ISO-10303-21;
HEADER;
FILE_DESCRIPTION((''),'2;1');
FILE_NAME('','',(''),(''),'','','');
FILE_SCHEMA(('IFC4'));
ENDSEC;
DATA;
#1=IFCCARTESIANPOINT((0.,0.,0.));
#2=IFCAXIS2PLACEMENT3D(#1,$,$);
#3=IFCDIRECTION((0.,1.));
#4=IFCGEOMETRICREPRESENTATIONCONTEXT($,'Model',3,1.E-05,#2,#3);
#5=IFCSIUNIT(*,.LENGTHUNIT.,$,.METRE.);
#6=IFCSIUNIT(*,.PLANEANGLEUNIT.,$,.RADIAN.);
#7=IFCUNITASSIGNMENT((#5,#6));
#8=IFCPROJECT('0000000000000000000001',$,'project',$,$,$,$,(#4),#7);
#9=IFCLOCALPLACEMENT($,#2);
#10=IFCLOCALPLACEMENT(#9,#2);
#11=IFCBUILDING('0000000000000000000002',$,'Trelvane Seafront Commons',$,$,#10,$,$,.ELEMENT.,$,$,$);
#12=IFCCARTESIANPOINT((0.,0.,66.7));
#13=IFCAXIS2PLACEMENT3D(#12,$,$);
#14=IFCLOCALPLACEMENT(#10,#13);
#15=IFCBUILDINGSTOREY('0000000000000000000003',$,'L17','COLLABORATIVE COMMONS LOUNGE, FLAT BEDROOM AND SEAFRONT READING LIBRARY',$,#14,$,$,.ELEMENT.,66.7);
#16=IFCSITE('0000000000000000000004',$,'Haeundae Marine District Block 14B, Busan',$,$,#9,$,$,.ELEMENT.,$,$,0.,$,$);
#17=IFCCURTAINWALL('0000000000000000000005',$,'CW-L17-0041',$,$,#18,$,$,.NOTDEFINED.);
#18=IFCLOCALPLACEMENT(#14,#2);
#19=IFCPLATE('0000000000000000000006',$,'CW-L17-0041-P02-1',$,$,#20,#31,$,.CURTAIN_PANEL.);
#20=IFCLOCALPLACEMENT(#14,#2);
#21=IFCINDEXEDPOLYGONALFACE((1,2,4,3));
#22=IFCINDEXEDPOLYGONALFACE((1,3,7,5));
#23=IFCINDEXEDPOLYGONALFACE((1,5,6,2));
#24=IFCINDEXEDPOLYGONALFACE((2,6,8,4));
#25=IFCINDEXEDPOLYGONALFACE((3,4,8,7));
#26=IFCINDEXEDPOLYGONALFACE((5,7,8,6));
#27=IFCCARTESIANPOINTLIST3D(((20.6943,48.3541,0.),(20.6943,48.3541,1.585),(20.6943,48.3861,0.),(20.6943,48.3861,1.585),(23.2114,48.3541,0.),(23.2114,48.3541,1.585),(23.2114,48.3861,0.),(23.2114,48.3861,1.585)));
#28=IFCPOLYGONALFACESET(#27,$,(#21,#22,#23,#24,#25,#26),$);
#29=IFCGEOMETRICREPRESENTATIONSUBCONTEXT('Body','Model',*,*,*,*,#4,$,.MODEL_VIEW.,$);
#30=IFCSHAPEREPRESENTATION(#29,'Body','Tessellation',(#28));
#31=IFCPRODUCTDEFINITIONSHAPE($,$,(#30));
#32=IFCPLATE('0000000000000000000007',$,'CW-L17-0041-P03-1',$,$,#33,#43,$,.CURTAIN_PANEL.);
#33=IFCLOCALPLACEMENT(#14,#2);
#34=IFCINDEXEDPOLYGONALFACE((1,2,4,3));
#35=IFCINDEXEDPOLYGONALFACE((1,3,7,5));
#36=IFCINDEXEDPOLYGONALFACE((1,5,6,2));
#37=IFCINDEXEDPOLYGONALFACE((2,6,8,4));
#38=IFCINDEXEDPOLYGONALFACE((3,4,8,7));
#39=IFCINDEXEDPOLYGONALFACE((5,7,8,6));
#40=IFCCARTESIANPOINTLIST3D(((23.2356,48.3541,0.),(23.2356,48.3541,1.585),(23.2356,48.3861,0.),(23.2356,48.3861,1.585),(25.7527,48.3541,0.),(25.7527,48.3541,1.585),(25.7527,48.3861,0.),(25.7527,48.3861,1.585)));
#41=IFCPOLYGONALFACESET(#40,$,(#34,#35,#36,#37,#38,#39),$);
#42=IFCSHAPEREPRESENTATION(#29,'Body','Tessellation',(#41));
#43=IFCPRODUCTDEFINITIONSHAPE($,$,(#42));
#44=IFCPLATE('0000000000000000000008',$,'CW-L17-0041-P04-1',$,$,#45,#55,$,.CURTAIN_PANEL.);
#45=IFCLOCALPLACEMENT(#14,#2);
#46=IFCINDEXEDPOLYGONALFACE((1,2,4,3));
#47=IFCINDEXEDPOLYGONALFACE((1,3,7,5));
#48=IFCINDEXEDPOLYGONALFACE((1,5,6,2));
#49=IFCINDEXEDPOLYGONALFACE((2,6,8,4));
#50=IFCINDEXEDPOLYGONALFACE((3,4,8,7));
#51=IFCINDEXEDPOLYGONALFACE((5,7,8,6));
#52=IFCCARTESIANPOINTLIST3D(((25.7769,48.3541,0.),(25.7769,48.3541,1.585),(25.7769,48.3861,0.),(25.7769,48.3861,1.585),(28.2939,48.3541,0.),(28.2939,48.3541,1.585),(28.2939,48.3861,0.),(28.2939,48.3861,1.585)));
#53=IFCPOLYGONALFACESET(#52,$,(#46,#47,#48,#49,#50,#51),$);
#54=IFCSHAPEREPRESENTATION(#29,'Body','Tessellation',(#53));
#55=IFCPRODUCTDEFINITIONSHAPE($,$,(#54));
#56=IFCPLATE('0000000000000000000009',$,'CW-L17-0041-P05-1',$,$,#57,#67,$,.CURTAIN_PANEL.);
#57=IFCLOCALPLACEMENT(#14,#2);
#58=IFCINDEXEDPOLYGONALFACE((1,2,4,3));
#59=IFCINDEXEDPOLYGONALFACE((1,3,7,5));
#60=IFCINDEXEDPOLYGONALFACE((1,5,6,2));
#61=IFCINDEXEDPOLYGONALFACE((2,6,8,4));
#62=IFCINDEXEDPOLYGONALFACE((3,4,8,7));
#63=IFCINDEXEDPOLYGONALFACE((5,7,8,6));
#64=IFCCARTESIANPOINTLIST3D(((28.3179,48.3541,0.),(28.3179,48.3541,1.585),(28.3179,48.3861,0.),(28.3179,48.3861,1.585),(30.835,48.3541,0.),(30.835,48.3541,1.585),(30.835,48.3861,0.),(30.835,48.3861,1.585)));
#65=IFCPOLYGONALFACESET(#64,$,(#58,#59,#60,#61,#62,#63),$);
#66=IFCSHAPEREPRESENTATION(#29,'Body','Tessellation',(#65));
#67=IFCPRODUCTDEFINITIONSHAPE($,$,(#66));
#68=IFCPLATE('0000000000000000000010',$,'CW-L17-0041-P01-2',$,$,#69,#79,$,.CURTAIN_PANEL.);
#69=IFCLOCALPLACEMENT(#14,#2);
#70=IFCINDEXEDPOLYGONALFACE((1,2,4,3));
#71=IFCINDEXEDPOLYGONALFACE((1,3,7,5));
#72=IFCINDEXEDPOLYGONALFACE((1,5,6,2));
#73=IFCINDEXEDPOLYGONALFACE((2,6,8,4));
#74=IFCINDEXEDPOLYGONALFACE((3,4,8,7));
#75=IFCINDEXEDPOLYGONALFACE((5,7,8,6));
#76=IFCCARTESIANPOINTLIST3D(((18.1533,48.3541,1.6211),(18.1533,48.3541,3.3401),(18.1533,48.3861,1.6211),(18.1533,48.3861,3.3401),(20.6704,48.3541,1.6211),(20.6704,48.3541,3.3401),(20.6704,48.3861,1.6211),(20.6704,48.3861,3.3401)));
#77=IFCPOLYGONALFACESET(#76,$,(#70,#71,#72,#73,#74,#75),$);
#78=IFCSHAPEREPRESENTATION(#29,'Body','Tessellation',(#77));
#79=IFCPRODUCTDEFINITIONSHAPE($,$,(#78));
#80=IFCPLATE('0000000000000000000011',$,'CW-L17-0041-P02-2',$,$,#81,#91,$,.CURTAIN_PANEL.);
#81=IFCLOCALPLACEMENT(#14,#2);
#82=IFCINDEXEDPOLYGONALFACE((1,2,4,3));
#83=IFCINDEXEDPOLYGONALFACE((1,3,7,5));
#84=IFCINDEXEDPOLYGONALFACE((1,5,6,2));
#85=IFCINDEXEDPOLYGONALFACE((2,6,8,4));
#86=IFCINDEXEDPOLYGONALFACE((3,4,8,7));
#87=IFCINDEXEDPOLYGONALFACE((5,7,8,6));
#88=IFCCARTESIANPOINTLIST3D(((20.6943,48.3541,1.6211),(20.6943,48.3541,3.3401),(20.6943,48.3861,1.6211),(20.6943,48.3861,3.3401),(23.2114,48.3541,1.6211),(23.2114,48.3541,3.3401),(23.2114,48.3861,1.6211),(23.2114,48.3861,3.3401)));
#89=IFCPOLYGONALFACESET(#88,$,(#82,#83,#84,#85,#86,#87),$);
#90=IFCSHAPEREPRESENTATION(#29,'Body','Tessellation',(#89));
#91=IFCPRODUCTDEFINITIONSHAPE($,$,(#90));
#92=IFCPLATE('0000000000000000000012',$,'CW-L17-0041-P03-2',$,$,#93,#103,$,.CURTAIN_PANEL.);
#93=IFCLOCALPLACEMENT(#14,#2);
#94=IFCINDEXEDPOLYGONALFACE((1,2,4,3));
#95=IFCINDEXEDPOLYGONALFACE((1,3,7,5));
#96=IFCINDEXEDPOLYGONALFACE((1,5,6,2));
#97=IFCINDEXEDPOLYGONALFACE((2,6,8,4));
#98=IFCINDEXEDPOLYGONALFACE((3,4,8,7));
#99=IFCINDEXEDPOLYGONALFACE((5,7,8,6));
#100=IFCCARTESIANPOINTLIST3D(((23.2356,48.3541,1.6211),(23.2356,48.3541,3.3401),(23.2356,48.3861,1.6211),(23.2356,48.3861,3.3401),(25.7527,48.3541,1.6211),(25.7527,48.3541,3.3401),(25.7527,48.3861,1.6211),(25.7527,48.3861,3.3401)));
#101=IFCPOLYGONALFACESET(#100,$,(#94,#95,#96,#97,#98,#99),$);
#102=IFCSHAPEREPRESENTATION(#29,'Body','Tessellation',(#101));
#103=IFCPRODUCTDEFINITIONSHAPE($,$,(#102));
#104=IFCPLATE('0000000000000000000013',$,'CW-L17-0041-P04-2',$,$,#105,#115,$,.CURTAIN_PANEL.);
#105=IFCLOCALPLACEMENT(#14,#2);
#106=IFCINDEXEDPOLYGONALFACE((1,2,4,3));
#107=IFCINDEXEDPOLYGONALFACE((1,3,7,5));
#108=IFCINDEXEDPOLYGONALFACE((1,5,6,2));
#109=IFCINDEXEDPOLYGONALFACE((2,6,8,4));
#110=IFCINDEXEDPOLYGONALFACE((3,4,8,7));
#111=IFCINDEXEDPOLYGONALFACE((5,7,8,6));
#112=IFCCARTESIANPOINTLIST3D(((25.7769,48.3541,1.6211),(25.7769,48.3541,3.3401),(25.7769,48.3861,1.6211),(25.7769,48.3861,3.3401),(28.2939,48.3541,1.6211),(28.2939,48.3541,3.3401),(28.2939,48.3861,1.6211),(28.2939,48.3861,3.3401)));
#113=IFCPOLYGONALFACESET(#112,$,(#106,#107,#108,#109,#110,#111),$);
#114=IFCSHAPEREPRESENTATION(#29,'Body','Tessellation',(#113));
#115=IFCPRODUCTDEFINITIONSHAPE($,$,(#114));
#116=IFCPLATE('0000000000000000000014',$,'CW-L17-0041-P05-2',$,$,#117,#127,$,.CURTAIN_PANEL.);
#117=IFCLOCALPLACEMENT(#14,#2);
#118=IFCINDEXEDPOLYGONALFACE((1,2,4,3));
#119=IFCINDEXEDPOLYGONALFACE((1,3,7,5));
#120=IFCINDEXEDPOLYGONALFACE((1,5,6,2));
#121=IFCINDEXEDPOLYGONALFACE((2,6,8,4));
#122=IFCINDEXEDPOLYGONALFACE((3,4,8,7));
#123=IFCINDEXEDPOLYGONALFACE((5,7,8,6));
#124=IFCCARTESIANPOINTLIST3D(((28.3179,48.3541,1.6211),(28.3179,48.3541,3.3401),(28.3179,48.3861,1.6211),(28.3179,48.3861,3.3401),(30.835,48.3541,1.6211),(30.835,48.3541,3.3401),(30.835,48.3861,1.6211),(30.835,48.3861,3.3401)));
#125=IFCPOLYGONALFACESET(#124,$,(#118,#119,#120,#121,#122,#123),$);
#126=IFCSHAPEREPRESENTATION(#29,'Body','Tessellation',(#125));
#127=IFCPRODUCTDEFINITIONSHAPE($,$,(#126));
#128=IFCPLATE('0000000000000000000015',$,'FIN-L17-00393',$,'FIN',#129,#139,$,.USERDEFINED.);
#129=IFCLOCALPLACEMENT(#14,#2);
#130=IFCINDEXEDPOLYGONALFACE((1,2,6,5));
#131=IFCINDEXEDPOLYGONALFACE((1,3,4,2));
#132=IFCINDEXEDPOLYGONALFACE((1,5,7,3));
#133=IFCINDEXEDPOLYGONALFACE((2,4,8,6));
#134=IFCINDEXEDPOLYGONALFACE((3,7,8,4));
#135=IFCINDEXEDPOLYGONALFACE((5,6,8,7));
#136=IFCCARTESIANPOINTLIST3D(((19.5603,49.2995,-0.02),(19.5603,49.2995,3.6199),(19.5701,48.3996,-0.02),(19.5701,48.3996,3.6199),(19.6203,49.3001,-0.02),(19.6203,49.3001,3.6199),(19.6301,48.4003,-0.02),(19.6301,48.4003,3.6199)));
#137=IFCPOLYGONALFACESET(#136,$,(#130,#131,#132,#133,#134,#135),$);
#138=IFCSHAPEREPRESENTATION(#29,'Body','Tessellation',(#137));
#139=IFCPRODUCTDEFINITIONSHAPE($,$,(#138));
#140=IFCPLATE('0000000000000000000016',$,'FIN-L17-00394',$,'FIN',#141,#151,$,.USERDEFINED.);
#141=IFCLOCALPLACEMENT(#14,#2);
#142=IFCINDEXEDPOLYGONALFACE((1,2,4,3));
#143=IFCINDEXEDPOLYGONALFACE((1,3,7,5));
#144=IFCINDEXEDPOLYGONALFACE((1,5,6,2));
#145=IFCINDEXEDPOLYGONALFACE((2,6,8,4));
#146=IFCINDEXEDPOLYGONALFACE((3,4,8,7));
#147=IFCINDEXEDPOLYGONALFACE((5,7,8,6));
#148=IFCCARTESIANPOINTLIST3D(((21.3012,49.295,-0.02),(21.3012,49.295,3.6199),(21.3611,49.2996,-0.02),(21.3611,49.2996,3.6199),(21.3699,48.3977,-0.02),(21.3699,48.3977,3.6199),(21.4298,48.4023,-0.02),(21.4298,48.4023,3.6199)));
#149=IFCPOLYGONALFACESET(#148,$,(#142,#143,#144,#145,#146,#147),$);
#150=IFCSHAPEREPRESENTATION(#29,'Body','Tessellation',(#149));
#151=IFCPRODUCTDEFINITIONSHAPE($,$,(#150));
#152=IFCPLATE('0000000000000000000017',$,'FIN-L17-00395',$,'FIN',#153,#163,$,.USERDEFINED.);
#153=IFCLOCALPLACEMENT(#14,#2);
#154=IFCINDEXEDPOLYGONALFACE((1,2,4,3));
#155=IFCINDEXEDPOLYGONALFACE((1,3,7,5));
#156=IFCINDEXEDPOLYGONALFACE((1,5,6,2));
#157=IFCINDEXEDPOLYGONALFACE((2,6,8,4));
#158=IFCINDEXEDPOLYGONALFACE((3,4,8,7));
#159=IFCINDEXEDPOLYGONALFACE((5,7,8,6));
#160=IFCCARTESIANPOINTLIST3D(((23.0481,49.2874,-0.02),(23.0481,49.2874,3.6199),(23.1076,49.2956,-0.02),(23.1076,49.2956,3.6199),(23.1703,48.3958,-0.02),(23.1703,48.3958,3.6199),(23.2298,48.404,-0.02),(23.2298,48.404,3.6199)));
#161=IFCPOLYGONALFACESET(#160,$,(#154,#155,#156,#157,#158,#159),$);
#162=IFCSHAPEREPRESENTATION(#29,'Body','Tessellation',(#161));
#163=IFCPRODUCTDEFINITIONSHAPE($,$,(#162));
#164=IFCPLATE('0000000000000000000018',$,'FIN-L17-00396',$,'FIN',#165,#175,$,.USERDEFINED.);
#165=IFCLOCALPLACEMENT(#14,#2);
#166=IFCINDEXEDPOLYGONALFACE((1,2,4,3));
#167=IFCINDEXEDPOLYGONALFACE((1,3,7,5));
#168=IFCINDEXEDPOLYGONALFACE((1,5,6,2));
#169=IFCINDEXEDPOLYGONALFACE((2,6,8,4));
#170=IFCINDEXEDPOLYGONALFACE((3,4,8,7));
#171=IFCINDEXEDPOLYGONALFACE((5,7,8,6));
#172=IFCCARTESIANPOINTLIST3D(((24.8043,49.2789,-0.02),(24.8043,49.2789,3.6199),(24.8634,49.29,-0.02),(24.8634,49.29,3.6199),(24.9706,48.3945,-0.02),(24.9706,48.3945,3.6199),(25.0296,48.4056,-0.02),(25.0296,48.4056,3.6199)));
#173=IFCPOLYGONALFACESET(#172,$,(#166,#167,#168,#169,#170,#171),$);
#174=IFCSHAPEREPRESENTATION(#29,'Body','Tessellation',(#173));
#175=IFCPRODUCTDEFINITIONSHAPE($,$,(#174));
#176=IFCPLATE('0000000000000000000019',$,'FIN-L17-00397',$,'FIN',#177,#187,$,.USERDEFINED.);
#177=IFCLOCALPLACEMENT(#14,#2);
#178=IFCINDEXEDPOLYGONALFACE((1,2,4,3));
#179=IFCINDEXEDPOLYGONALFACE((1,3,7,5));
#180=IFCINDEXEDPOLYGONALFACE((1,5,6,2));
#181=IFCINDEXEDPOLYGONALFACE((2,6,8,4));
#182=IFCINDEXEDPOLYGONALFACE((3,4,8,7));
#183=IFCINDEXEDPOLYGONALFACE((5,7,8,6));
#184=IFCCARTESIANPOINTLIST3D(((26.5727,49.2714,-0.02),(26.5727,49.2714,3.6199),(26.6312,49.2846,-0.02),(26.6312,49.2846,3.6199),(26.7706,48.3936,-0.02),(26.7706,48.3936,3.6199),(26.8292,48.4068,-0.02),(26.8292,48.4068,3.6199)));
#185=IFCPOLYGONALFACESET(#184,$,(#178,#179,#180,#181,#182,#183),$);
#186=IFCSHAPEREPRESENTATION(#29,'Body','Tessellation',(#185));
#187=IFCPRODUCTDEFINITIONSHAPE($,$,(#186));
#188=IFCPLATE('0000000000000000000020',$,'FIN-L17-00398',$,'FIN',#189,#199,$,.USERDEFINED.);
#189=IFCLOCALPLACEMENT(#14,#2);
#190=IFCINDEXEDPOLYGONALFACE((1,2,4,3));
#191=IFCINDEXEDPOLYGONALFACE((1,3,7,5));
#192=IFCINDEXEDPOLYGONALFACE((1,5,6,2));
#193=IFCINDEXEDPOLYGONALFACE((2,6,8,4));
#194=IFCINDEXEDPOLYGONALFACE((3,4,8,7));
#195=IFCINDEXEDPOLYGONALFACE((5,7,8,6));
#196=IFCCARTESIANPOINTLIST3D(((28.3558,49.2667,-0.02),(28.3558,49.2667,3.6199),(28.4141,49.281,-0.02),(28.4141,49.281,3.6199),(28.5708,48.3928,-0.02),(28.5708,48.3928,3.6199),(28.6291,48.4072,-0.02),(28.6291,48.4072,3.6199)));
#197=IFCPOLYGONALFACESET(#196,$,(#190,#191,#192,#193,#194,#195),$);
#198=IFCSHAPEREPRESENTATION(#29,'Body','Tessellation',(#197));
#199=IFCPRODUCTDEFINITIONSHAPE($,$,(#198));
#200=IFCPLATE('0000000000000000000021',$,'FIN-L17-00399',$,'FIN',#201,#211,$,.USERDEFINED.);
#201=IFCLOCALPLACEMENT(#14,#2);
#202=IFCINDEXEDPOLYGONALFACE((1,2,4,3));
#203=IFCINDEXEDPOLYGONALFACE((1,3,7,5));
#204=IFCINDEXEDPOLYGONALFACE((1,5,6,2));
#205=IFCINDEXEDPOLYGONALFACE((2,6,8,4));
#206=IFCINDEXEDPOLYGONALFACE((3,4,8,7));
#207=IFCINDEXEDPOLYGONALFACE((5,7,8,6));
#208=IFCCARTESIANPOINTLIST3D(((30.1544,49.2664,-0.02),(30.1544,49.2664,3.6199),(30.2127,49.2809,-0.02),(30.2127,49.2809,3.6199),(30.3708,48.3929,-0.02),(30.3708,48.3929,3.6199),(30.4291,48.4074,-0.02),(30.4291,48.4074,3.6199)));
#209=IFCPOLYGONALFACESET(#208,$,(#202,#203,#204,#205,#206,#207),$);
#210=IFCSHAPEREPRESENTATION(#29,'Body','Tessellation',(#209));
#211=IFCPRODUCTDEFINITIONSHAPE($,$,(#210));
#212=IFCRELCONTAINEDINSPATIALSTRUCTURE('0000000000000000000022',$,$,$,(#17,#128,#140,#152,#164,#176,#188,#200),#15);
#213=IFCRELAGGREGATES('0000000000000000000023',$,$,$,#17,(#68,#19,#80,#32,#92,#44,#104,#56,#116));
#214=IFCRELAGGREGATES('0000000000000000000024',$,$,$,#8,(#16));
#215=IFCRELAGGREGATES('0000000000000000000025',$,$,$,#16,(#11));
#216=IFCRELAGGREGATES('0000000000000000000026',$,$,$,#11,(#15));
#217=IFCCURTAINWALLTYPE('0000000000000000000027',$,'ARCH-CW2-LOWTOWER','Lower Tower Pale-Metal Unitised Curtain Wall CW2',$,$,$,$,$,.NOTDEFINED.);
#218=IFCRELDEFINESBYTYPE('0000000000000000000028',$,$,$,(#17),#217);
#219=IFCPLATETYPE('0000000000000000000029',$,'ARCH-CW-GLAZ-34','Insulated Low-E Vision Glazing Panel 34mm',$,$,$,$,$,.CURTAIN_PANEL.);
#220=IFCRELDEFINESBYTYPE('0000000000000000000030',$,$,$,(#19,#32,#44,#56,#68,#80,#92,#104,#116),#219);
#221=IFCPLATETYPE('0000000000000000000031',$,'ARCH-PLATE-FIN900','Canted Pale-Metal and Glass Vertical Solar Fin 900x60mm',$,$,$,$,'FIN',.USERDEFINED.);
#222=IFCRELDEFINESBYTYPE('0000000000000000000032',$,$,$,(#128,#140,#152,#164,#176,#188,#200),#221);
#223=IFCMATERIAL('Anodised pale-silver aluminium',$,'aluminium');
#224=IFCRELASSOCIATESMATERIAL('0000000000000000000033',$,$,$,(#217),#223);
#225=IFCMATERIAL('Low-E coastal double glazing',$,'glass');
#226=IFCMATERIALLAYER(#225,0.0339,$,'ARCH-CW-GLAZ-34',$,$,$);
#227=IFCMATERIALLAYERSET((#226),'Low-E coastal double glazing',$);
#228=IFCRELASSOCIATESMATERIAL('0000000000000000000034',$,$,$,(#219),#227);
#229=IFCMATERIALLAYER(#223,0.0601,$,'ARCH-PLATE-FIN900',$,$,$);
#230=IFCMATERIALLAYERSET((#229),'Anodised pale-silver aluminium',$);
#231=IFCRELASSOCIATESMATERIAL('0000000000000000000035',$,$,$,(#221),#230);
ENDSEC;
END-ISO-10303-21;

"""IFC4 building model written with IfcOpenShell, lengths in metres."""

from ifc_helpers import new_model, si_unit, direction, frame, origin, origin_2d, place, context, subcontext, project, spatial, rectangle, extrude, source, transform, mapped, material, layer, layer_set, type_object, element, aggregate, save


model = new_model("IFC4")

# Units and contexts
model_context = context("Model", 3, precision=1e-05, world=origin(), true_north=direction((0.0, 1.0)))
body_context = subcontext(model_context, "Body", "Model", "MODEL_VIEW")
ifc_project = project(units=[si_unit("LENGTHUNIT", "METRE"), si_unit("PLANEANGLEUNIT", "RADIAN")], contexts=[model_context])

# Site, building, storey
site_placement = place(None, origin())
site = spatial("IfcSite", under=ifc_project, at=site_placement, Name="Haeundae Marine District Block 14B, Busan", CompositionType="ELEMENT", RefElevation=0.0)
building_placement = place(site_placement, origin())
building = spatial("IfcBuilding", under=site, at=building_placement, Name="Trelvane Seafront Commons", CompositionType="ELEMENT")
storey_placement = place(building_placement, frame((0.0, 0.0, 66.7)))
storey = spatial("IfcBuildingStorey", under=building, at=storey_placement, Name="L17", Description="COLLABORATIVE COMMONS LOUNGE, FLAT BEDROOM AND SEAFRONT READING LIBRARY", CompositionType="ELEMENT", Elevation=66.7)

# Curtain wall, plates
ifc_material_1 = material(Name="Anodised pale-silver aluminium", Category="aluminium")
curtain_wall_type = type_object("IfcCurtainWallType", Name="ARCH-CW2-LOWTOWER", Description="Lower Tower Pale-Metal Unitised Curtain Wall CW2", PredefinedType="NOTDEFINED", material=ifc_material_1)
curtain_wall_placement = place(storey_placement, origin())
curtain_wall = element("IfcCurtainWall", 1, at=curtain_wall_placement, inside=storey, type_object=curtain_wall_type, Name="CW-L17-0041", PredefinedType="NOTDEFINED")
ifc_material_2 = material(Name="Low-E coastal double glazing", Category="glass")
ifc_layer_1 = layer(ifc_material_2, 0.0339, Name="ARCH-CW-GLAZ-34")
ifc_layer_set_1 = layer_set([ifc_layer_1], Name="Low-E coastal double glazing")
plate_type_1 = type_object("IfcPlateType", Name="ARCH-CW-GLAZ-34", Description="Insulated Low-E Vision Glazing Panel 34mm", PredefinedType="CURTAIN_PANEL", material=ifc_layer_set_1)
shared_shape_1 = source(origin(), body_context, "Body", "SweptSolid", [
    extrude(rectangle(XDim=2.5171, YDim=0.032, at=origin_2d()), origin(), (0.0, 0.0, 1.0), 1.585),
])
plate_1_placement = place(storey_placement, frame((21.9529, 48.3701, 0.0), z_axis=(0.0, 0.0, 1.0), x_axis=(1.0, 0.0, 0.0)))
plate_1 = element("IfcPlate", 2, at=plate_1_placement, type_object=plate_type_1, Name="CW-L17-0041-P02-1", PredefinedType="CURTAIN_PANEL", context=body_context, shape_type="MappedRepresentation", body=[
    mapped(shared_shape_1, transform((0.0, 0.0, 0.0), x_axis=(1.0, 0.0, 0.0), y_axis=(0.0, 1.0, 0.0), z_axis=(0.0, 0.0, 1.0), scale=1.0)),
])
plate_2_placement = place(storey_placement, frame((24.4941, 48.3701, 0.0), z_axis=(0.0, 0.0, 1.0), x_axis=(1.0, 0.0, 0.0)))
plate_2 = element("IfcPlate", 3, at=plate_2_placement, type_object=plate_type_1, Name="CW-L17-0041-P03-1", PredefinedType="CURTAIN_PANEL", context=body_context, shape_type="MappedRepresentation", body=[
    mapped(shared_shape_1, transform((0.0, 0.0, 0.0), x_axis=(1.0, 0.0, 0.0), y_axis=(0.0, 1.0, 0.0), z_axis=(0.0, 0.0, 1.0), scale=1.0)),
])
plate_3_placement = place(storey_placement, frame((27.0354, 48.3701, 0.0), z_axis=(0.0, 0.0, 1.0), x_axis=(1.0, 0.0, 0.0)))
plate_3 = element("IfcPlate", 4, at=plate_3_placement, type_object=plate_type_1, Name="CW-L17-0041-P04-1", PredefinedType="CURTAIN_PANEL", context=body_context, shape_type="MappedRepresentation", body=[
    mapped(shared_shape_1, transform((0.0, 0.0, 0.0), x_axis=(1.0, 0.0, 0.0), y_axis=(0.0, 1.0, 0.0), z_axis=(0.0, 0.0, 1.0), scale=1.0)),
])
plate_4_placement = place(storey_placement, frame((29.5764, 48.3701, 0.0), z_axis=(0.0, 0.0, 1.0), x_axis=(1.0, 0.0, 0.0)))
plate_4 = element("IfcPlate", 5, at=plate_4_placement, type_object=plate_type_1, Name="CW-L17-0041-P05-1", PredefinedType="CURTAIN_PANEL", context=body_context, shape_type="MappedRepresentation", body=[
    mapped(shared_shape_1, transform((0.0, 0.0, 0.0), x_axis=(1.0, 0.0, 0.0), y_axis=(0.0, 1.0, 0.0), z_axis=(0.0, 0.0, 1.0), scale=1.0)),
])
shared_shape_2 = source(origin(), body_context, "Body", "SweptSolid", [
    extrude(rectangle(XDim=2.5171, YDim=0.032, at=origin_2d()), origin(), (0.0, 0.0, 1.0), 1.719),
])
plate_5_placement = place(storey_placement, frame((19.4119, 48.3701, 1.6211), z_axis=(0.0, 0.0, 1.0), x_axis=(1.0, 0.0, 0.0)))
plate_5 = element("IfcPlate", 6, at=plate_5_placement, type_object=plate_type_1, Name="CW-L17-0041-P01-2", PredefinedType="CURTAIN_PANEL", context=body_context, shape_type="MappedRepresentation", body=[
    mapped(shared_shape_2, transform((0.0, 0.0, 0.0), x_axis=(1.0, 0.0, 0.0), y_axis=(0.0, 1.0, 0.0), z_axis=(0.0, 0.0, 1.0), scale=1.0)),
])
plate_6_placement = place(storey_placement, frame((21.9529, 48.3701, 1.6211), z_axis=(0.0, 0.0, 1.0), x_axis=(1.0, 0.0, 0.0)))
plate_6 = element("IfcPlate", 7, at=plate_6_placement, type_object=plate_type_1, Name="CW-L17-0041-P02-2", PredefinedType="CURTAIN_PANEL", context=body_context, shape_type="MappedRepresentation", body=[
    mapped(shared_shape_2, transform((0.0, 0.0, 0.0), x_axis=(1.0, 0.0, 0.0), y_axis=(0.0, 1.0, 0.0), z_axis=(0.0, 0.0, 1.0), scale=1.0)),
])
plate_7_placement = place(storey_placement, frame((24.4941, 48.3701, 1.6211), z_axis=(0.0, 0.0, 1.0), x_axis=(1.0, 0.0, 0.0)))
plate_7 = element("IfcPlate", 8, at=plate_7_placement, type_object=plate_type_1, Name="CW-L17-0041-P03-2", PredefinedType="CURTAIN_PANEL", context=body_context, shape_type="MappedRepresentation", body=[
    mapped(shared_shape_2, transform((0.0, 0.0, 0.0), x_axis=(1.0, 0.0, 0.0), y_axis=(0.0, 1.0, 0.0), z_axis=(0.0, 0.0, 1.0), scale=1.0)),
])
plate_8_placement = place(storey_placement, frame((27.0354, 48.3701, 1.6211), z_axis=(0.0, 0.0, 1.0), x_axis=(1.0, 0.0, 0.0)))
plate_8 = element("IfcPlate", 9, at=plate_8_placement, type_object=plate_type_1, Name="CW-L17-0041-P04-2", PredefinedType="CURTAIN_PANEL", context=body_context, shape_type="MappedRepresentation", body=[
    mapped(shared_shape_2, transform((0.0, 0.0, 0.0), x_axis=(1.0, 0.0, 0.0), y_axis=(0.0, 1.0, 0.0), z_axis=(0.0, 0.0, 1.0), scale=1.0)),
])
plate_9_placement = place(storey_placement, frame((29.5764, 48.3701, 1.6211), z_axis=(0.0, 0.0, 1.0), x_axis=(1.0, 0.0, 0.0)))
plate_9 = element("IfcPlate", 10, at=plate_9_placement, type_object=plate_type_1, Name="CW-L17-0041-P05-2", PredefinedType="CURTAIN_PANEL", context=body_context, shape_type="MappedRepresentation", body=[
    mapped(shared_shape_2, transform((0.0, 0.0, 0.0), x_axis=(1.0, 0.0, 0.0), y_axis=(0.0, 1.0, 0.0), z_axis=(0.0, 0.0, 1.0), scale=1.0)),
])
aggregate(curtain_wall, [plate_5, plate_1, plate_6, plate_2, plate_7, plate_3, plate_8, plate_4, plate_9])

# Plates
ifc_layer_2 = layer(ifc_material_1, 0.0601, Name="ARCH-PLATE-FIN900")
ifc_layer_set_2 = layer_set([ifc_layer_2], Name="Anodised pale-silver aluminium")
plate_type_2 = type_object("IfcPlateType", Name="ARCH-PLATE-FIN900", Description="Canted Pale-Metal and Glass Vertical Solar Fin 900x60mm", ElementType="FIN", PredefinedType="USERDEFINED", material=ifc_layer_set_2)
shared_shape_3 = source(origin(), body_context, "Body", "SweptSolid", [
    extrude(rectangle(XDim=0.8999, YDim=0.0601, at=origin_2d()), origin(), (0.0, 0.0, 1.0), 3.6399),
])
for number, where, z_axis, x_axis, name in (
    (11, (19.5952, 48.8499, -0.02), (0.0, 0.0, 1.0), (-0.010889, 0.999941, 0.0), "FIN-L17-00393"),
    (12, (21.3655, 48.8486, -0.02), (0.0, 0.0, 1.0), (-0.076331, 0.997083, 0.0), "FIN-L17-00394"),
    (13, (23.1389, 48.8457, -0.02), (0.0, 0.0, 1.0), (-0.135773, 0.99074, 0.0), "FIN-L17-00395"),
    (14, (24.917, 48.8423, -0.02), (0.0, 0.0, 1.0), (-0.184778, 0.98278, 0.0), "FIN-L17-00396"),
    (15, (26.7009, 48.8391, -0.02), (0.0, 0.0, 1.0), (-0.219988, 0.975503, 0.0), "FIN-L17-00397"),
    (16, (28.4924, 48.8369, -0.02), (0.0, 0.0, 1.0), (-0.2389, 0.971044, 0.0), "FIN-L17-00398"),
    (17, (30.2917, 48.8369, -0.02), (0.0, 0.0, 1.0), (-0.240443, 0.970663, 0.0), "FIN-L17-00399"),
):
    element("IfcPlate", number, at=place(storey_placement, frame(where, z_axis=z_axis, x_axis=x_axis)), inside=storey, type_object=plate_type_2, Name=name, ObjectType="FIN", PredefinedType="USERDEFINED", context=body_context, shape_type="MappedRepresentation", body=[
        mapped(shared_shape_3, transform((0.0, 0.0, 0.0), x_axis=(1.0, 0.0, 0.0), y_axis=(0.0, 1.0, 0.0), z_axis=(0.0, 0.0, 1.0), scale=1.0)),
    ])

save(model, "model.ifc")
